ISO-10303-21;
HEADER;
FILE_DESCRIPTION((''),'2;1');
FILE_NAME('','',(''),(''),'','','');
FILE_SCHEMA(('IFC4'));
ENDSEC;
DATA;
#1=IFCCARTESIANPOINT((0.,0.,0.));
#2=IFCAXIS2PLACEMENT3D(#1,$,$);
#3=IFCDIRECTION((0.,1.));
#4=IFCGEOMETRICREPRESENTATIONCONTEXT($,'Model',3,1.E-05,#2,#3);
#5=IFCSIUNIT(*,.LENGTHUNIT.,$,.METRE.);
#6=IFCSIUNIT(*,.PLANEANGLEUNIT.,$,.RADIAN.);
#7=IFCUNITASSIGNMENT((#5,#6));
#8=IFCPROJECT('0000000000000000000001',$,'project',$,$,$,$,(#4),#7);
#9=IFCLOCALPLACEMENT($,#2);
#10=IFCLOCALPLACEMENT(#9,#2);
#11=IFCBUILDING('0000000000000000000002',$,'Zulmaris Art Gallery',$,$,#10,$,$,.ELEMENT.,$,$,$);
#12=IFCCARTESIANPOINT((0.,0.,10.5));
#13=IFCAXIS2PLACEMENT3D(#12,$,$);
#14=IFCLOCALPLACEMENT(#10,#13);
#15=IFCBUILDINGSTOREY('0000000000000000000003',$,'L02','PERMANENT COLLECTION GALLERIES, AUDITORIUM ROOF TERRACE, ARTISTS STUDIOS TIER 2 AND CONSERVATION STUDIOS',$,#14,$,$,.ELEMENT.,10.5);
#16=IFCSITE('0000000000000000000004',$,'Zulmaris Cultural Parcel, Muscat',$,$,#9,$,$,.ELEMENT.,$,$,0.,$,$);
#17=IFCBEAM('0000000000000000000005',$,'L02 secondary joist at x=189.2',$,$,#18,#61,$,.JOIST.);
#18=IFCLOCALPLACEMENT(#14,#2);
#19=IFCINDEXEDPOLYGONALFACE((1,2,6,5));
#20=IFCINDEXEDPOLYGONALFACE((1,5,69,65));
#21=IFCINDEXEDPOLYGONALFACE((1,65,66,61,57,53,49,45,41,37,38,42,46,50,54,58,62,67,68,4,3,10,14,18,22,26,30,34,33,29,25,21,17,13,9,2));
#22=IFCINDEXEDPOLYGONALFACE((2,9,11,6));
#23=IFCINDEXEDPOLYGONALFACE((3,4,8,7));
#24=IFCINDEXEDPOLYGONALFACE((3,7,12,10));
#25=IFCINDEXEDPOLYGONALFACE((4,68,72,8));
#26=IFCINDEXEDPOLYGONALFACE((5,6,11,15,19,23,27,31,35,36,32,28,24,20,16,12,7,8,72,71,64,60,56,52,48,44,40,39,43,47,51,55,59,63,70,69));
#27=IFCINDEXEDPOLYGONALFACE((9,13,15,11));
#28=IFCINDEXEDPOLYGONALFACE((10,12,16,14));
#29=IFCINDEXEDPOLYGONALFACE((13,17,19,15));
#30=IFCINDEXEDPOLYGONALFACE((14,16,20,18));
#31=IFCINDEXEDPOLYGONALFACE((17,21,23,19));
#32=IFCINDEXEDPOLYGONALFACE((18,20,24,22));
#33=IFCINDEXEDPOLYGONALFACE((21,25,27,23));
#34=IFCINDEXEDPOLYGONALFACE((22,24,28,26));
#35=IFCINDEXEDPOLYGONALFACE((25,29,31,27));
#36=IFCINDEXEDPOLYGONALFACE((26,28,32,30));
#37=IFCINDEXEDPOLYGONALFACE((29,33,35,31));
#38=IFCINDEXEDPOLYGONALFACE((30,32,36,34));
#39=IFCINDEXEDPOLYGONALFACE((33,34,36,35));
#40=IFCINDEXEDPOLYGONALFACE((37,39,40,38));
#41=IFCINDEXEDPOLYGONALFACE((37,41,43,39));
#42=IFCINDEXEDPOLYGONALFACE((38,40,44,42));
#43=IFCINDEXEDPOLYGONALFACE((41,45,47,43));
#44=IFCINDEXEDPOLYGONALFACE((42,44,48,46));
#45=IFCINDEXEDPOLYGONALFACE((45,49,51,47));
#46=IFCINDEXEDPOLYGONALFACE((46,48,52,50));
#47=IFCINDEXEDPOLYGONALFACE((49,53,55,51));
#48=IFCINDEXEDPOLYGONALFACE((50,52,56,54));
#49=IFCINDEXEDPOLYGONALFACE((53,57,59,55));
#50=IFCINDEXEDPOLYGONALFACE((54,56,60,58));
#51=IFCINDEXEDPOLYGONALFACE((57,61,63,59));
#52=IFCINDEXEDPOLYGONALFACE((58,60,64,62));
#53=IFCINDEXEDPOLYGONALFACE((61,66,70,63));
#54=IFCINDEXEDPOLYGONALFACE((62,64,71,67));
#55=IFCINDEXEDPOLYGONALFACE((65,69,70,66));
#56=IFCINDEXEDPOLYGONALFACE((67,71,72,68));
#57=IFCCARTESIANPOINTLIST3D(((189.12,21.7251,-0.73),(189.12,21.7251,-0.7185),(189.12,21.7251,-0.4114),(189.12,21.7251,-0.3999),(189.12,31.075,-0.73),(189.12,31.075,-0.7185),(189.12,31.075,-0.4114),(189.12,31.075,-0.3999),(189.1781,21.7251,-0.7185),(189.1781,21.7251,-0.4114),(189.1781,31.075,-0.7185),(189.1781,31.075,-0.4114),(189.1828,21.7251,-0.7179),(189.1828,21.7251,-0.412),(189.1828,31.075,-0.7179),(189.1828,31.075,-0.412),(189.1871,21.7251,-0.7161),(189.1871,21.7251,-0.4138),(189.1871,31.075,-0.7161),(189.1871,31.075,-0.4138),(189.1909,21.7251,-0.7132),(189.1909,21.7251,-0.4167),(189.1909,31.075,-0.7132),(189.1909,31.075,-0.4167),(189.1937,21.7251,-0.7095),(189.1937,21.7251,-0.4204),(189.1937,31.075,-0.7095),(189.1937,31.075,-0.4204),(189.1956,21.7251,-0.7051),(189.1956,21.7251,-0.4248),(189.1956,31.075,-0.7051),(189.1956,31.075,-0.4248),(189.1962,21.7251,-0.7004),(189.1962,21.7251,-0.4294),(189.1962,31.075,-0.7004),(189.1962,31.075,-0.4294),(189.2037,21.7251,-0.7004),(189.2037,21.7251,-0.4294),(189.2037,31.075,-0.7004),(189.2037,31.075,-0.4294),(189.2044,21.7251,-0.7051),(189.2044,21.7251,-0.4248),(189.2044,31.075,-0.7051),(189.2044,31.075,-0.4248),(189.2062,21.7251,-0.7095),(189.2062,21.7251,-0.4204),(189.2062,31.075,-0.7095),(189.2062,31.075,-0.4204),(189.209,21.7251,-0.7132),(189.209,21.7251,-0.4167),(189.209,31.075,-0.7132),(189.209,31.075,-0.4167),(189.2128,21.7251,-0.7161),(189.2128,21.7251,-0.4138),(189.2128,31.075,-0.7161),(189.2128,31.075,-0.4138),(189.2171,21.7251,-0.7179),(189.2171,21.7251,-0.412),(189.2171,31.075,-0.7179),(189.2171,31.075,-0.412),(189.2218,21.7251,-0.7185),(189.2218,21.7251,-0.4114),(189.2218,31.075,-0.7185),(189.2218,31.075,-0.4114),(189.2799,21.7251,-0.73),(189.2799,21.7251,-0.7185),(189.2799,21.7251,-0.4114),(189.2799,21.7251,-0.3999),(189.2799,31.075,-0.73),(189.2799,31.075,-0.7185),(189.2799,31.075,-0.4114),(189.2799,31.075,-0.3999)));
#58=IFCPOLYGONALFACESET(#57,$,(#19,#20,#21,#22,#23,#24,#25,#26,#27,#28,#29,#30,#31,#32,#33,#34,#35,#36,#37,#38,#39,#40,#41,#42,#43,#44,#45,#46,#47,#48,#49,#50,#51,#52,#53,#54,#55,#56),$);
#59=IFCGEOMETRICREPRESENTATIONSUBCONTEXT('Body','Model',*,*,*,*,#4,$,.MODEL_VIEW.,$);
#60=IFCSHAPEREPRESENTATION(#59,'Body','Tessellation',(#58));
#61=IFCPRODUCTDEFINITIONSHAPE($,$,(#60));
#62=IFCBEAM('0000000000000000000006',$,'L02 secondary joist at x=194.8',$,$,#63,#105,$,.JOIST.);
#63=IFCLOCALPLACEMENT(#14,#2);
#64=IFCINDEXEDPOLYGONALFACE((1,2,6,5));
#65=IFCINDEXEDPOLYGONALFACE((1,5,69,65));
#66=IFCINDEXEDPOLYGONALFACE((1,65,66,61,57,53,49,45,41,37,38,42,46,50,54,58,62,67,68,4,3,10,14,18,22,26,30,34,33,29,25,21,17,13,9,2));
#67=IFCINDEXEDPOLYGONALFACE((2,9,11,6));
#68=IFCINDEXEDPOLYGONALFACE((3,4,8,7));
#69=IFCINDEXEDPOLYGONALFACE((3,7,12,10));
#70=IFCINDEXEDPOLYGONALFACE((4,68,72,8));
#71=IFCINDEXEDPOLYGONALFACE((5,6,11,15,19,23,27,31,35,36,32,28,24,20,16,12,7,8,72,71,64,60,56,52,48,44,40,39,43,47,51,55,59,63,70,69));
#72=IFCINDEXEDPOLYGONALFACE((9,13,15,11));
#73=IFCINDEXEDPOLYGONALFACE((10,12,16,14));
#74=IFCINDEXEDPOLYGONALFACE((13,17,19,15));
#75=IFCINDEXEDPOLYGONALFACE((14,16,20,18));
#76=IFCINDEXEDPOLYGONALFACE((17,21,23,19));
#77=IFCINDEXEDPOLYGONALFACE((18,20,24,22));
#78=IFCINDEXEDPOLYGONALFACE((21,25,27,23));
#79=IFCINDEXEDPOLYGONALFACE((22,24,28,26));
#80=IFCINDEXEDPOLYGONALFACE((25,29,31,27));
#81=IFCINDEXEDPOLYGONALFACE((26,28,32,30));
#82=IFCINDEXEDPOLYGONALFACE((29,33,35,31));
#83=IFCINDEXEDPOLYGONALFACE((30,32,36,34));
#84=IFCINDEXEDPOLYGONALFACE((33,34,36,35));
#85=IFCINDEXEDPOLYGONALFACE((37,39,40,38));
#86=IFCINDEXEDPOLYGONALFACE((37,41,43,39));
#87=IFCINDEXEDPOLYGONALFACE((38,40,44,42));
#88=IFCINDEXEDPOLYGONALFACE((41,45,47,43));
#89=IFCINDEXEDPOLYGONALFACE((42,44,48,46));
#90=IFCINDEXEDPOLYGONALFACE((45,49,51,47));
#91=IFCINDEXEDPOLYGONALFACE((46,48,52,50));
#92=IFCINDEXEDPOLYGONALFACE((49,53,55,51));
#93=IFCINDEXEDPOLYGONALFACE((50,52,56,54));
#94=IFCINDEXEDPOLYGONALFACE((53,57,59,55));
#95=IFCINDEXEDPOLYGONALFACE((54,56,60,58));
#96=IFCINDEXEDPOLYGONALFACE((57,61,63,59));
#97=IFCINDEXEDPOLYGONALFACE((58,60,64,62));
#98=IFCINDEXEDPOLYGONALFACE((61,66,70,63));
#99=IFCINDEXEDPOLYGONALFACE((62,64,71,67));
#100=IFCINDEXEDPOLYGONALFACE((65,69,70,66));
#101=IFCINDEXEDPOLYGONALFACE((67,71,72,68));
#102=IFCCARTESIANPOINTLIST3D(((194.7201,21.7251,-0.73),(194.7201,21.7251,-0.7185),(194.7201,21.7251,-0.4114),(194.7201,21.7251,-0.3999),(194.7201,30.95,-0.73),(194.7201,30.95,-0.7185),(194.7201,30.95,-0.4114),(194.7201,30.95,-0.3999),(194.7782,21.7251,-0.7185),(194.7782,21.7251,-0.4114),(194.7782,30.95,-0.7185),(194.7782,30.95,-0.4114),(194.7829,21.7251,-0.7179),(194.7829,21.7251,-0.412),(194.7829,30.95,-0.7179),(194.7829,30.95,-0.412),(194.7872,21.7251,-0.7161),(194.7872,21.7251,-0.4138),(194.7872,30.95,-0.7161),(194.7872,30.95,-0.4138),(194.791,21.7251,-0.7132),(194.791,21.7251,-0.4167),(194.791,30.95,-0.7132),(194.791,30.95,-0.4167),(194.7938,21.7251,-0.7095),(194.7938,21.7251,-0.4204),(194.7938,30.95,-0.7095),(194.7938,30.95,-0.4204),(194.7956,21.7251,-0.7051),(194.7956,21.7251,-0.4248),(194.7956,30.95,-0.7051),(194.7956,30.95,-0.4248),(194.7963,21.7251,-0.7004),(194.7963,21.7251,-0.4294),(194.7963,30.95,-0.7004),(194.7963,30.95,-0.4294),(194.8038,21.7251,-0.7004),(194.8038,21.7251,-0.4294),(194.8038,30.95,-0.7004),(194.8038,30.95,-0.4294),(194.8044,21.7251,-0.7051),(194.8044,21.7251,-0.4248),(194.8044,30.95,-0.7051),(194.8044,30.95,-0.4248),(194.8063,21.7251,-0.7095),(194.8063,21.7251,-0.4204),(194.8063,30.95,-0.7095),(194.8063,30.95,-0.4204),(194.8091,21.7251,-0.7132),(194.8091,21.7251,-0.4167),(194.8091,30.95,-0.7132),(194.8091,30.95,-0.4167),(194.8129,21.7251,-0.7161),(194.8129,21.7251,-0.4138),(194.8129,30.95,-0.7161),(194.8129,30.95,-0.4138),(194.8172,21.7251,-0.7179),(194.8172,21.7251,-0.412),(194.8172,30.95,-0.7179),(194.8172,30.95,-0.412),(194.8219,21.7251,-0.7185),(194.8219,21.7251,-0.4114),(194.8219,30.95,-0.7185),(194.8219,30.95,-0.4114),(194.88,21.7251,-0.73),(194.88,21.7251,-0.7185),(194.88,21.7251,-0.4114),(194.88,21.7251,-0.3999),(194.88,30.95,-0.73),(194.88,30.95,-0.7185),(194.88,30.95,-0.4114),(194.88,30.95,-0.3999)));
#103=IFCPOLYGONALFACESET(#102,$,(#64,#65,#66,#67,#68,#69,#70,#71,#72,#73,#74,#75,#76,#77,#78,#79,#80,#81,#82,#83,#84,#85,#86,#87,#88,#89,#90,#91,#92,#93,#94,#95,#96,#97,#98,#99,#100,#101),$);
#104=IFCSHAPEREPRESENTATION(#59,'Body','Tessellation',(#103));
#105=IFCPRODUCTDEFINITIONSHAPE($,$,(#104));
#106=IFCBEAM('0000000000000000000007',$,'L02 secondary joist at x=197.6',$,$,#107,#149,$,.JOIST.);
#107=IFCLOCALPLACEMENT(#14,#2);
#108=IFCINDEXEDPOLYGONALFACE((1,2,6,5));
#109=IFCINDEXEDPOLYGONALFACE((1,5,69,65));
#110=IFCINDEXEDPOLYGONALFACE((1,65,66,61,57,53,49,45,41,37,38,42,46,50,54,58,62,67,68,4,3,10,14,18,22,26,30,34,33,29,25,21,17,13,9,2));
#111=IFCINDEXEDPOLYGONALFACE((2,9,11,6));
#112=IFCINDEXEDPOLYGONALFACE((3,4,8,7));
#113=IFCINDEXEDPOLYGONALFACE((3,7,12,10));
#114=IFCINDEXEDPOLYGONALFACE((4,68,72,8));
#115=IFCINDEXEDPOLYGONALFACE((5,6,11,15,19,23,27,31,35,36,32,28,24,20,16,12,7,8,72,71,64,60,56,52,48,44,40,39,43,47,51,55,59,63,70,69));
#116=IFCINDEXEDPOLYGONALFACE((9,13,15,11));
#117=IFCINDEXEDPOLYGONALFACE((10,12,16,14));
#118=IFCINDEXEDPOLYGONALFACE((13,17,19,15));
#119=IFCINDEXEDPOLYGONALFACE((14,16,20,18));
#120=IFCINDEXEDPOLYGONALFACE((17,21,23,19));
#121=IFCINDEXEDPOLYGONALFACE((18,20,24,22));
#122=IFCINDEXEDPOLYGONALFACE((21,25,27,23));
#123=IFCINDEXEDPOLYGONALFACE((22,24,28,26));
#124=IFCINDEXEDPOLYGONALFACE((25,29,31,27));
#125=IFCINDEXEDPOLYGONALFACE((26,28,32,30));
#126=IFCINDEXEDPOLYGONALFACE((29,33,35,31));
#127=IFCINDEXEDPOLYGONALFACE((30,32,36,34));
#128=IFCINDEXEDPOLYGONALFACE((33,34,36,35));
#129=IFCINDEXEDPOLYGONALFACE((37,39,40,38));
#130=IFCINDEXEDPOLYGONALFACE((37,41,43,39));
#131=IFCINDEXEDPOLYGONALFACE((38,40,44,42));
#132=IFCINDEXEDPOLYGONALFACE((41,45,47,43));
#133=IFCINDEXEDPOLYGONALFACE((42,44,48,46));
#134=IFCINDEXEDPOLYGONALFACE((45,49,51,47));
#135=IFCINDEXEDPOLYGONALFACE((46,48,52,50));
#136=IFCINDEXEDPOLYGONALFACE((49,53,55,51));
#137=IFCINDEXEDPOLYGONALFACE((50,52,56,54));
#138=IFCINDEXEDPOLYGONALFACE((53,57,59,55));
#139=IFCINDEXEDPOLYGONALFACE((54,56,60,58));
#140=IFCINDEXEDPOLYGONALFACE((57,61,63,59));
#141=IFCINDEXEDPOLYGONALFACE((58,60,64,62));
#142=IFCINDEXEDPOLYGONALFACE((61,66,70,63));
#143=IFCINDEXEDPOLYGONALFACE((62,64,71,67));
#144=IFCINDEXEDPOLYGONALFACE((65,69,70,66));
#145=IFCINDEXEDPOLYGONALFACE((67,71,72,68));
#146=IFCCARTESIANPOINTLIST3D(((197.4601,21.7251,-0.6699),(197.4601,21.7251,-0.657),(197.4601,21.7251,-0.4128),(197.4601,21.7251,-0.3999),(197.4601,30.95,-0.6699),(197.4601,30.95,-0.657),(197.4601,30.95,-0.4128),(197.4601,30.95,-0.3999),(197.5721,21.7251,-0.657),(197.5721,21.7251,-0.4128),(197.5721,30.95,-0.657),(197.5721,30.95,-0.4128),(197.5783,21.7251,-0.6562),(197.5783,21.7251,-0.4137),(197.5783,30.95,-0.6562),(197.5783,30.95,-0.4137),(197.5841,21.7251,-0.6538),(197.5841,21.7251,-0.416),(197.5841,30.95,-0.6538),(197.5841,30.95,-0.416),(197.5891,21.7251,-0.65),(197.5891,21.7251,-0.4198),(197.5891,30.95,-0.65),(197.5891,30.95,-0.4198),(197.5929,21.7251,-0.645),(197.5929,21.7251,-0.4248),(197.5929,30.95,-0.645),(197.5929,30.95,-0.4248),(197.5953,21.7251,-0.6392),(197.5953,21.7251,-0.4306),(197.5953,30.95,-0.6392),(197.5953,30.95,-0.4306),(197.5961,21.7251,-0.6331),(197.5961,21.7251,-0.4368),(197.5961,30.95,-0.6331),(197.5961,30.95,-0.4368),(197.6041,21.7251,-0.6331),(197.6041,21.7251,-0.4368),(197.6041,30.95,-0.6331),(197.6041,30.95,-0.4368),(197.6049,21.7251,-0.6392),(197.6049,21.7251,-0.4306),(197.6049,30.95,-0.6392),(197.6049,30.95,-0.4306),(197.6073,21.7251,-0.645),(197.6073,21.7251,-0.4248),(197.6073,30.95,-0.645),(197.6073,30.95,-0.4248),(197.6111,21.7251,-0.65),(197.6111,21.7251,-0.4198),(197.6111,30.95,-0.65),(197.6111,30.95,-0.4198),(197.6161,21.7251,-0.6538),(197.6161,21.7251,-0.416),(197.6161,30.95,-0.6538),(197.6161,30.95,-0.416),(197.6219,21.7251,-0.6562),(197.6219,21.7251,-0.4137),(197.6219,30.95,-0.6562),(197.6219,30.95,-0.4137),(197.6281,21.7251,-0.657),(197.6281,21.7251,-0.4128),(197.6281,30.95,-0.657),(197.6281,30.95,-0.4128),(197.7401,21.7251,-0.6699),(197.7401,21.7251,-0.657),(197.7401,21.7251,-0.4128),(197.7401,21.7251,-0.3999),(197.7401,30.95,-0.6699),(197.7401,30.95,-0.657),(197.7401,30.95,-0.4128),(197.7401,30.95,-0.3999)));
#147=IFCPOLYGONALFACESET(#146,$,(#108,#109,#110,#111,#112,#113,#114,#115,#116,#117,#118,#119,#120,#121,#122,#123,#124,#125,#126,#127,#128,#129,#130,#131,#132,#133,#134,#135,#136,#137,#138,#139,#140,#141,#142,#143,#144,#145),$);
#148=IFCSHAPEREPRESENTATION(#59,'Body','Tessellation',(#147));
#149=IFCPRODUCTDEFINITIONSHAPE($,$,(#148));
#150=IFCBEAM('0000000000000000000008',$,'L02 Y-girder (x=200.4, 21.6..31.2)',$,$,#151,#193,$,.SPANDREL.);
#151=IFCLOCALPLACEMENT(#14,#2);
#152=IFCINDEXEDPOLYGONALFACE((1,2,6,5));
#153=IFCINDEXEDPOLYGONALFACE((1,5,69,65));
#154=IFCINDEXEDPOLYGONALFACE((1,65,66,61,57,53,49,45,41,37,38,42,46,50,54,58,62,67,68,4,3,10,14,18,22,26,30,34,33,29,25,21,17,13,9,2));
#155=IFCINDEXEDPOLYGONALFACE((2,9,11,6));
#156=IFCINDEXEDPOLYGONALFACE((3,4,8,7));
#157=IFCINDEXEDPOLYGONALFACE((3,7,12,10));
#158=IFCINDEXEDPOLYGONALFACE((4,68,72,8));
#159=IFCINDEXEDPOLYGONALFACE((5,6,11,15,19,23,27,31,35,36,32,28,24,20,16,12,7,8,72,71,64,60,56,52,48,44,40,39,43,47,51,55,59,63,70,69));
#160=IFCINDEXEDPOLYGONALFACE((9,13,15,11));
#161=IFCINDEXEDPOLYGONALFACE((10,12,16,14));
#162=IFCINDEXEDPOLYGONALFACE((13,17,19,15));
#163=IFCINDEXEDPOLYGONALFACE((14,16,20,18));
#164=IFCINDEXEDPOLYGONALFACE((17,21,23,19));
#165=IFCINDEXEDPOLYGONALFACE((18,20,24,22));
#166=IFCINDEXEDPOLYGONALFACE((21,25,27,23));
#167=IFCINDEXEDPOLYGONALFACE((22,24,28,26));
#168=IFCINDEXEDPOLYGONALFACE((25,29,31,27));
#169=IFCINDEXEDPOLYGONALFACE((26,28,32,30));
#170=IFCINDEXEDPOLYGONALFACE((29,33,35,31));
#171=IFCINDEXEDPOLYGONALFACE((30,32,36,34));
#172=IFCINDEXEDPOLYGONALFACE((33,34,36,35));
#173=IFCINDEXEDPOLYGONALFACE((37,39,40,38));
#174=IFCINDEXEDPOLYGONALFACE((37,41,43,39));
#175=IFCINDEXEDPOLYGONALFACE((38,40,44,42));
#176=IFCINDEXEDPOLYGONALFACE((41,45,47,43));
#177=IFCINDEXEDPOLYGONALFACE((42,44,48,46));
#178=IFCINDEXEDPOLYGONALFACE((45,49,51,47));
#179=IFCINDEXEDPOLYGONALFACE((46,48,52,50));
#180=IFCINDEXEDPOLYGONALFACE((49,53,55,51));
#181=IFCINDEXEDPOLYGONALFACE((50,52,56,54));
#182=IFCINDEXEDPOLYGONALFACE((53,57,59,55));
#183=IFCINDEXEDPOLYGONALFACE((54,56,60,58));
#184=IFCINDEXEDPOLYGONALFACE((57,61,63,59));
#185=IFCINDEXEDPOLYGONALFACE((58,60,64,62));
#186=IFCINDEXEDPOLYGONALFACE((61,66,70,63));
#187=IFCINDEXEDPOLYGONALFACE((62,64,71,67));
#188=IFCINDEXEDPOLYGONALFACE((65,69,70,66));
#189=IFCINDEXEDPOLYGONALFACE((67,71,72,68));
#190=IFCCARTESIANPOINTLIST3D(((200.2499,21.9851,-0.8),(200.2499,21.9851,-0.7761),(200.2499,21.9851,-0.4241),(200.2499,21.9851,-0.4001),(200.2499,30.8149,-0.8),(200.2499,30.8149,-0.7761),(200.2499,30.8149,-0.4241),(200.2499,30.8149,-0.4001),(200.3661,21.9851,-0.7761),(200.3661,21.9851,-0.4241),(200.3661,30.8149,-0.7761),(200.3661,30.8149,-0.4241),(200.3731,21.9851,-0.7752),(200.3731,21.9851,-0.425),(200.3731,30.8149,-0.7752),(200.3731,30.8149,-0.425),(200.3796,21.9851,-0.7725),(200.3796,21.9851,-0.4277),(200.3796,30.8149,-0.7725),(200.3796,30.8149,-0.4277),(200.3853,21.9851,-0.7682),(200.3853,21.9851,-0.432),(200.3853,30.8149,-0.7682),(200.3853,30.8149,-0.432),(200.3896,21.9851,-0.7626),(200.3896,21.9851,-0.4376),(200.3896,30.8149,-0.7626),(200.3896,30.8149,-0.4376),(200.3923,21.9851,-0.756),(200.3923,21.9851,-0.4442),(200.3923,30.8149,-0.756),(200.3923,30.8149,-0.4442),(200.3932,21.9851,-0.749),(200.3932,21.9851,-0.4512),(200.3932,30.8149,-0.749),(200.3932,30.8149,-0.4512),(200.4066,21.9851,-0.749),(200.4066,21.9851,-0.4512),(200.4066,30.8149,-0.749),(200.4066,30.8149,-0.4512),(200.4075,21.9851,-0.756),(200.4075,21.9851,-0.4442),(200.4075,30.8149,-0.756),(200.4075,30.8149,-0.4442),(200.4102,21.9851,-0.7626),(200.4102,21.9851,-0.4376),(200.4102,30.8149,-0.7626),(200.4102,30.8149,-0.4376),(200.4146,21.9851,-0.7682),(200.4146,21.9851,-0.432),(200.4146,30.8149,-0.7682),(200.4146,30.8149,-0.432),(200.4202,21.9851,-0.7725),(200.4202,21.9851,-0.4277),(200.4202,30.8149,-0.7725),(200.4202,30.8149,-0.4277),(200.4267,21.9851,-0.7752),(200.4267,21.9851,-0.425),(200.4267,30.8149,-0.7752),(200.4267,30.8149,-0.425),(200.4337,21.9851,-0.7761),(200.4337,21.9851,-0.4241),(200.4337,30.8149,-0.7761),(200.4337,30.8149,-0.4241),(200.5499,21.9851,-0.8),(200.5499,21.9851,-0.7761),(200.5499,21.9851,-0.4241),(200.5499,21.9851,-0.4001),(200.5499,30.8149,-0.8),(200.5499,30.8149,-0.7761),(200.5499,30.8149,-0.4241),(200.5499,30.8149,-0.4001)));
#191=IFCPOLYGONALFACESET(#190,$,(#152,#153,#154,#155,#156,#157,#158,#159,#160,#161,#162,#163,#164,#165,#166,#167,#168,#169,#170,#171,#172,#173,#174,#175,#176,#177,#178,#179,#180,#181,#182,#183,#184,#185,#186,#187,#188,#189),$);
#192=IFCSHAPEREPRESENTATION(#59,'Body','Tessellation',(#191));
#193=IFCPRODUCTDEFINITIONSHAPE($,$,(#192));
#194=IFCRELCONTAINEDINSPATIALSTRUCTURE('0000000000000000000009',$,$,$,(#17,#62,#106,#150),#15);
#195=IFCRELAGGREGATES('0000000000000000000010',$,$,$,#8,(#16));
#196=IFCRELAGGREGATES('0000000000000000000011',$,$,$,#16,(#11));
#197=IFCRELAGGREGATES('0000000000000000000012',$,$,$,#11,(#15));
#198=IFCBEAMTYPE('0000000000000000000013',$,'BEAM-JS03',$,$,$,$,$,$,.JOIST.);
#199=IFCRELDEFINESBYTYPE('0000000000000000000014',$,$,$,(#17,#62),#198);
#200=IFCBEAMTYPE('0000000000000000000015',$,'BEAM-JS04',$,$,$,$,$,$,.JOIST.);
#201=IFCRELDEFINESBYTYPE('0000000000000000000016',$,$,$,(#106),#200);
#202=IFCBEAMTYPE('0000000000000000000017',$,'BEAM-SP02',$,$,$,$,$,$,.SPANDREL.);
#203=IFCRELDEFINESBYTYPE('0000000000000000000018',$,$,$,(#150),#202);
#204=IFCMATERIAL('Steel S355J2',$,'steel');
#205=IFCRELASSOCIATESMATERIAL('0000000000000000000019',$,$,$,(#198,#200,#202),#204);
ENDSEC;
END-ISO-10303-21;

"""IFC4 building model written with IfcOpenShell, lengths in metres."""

from ifc_helpers import new_model, si_unit, direction, frame, origin, origin_2d, place, context, subcontext, project, spatial, i_section, extrude, material, material_profile, profile_set, type_object, element, save


model = new_model("IFC4")

# Units and contexts
model_context = context("Model", 3, precision=1e-05, world=origin(), true_north=direction((0.0, 1.0)))
body_context = subcontext(model_context, "Body", "Model", "MODEL_VIEW")
ifc_project = project(units=[si_unit("LENGTHUNIT", "METRE"), si_unit("PLANEANGLEUNIT", "RADIAN")], contexts=[model_context])

# Site, building, storey
site_placement = place(None, origin())
site = spatial("IfcSite", under=ifc_project, at=site_placement, Name="Zulmaris Cultural Parcel, Muscat", CompositionType="ELEMENT", RefElevation=0.0)
building_placement = place(site_placement, origin())
building = spatial("IfcBuilding", under=site, at=building_placement, Name="Zulmaris Art Gallery", CompositionType="ELEMENT")
storey_placement = place(building_placement, frame((0.0, 0.0, 10.5)))
storey = spatial("IfcBuildingStorey", under=building, at=storey_placement, Name="L02", Description="PERMANENT COLLECTION GALLERIES, AUDITORIUM ROOF TERRACE, ARTISTS STUDIOS TIER 2 AND CONSERVATION STUDIOS", CompositionType="ELEMENT", Elevation=10.5)

# Beams
ifc_material_1 = material(Name="Steel S355J2", Category="steel")
ifc_material_profile_1 = material_profile(ifc_material_1, i_section(OverallWidth=0.1599, OverallDepth=0.3301, WebThickness=0.0076, FlangeThickness=0.0115, FilletRadius=0.0181, at=origin_2d()), Name="IPE 330")
ifc_profile_set_1 = profile_set([ifc_material_profile_1], Name="Steel S355J2")
beam_type_1 = type_object("IfcBeamType", Name="BEAM-JS03", PredefinedType="JOIST", material=ifc_profile_set_1)
beam_1_placement = place(storey_placement, frame((189.2, 21.7251, -0.5649), z_axis=(0.0, 1.0, 0.0), x_axis=(-1.0, 0.0, 0.0)))
element("IfcBeam", 1, at=beam_1_placement, inside=storey, type_object=beam_type_1, Name="L02 secondary joist at x=189.2", PredefinedType="JOIST", context=body_context, shape_type="SweptSolid", body=[
    extrude(i_section(OverallWidth=0.1599, OverallDepth=0.3301, WebThickness=0.0076, FlangeThickness=0.0115, FilletRadius=0.0181, at=origin_2d()), origin(), (0.0, 0.0, 1.0), 9.3499),
])
beam_2_placement = place(storey_placement, frame((194.8, 21.7251, -0.5649), z_axis=(0.0, 1.0, 0.0), x_axis=(-1.0, 0.0, 0.0)))
element("IfcBeam", 2, at=beam_2_placement, inside=storey, type_object=beam_type_1, Name="L02 secondary joist at x=194.8", PredefinedType="JOIST", context=body_context, shape_type="SweptSolid", body=[
    extrude(i_section(OverallWidth=0.1599, OverallDepth=0.3301, WebThickness=0.0076, FlangeThickness=0.0115, FilletRadius=0.0181, at=origin_2d()), origin(), (0.0, 0.0, 1.0), 9.2249),
])
ifc_material_profile_2 = material_profile(ifc_material_1, i_section(OverallWidth=0.28, OverallDepth=0.27, WebThickness=0.0081, FlangeThickness=0.0129, FilletRadius=0.0239, at=origin_2d()), Name="HEA 280")
ifc_profile_set_2 = profile_set([ifc_material_profile_2], Name="Steel S355J2")
beam_type_2 = type_object("IfcBeamType", Name="BEAM-JS04", PredefinedType="JOIST", material=ifc_profile_set_2)
beam_3_placement = place(storey_placement, frame((197.6001, 21.7251, -0.5349), z_axis=(0.0, 1.0, 0.0), x_axis=(-1.0, 0.0, 0.0)))
element("IfcBeam", 3, at=beam_3_placement, inside=storey, type_object=beam_type_2, Name="L02 secondary joist at x=197.6", PredefinedType="JOIST", context=body_context, shape_type="SweptSolid", body=[
    extrude(i_section(OverallWidth=0.28, OverallDepth=0.27, WebThickness=0.0081, FlangeThickness=0.0129, FilletRadius=0.0239, at=origin_2d()), origin(), (0.0, 0.0, 1.0), 9.2249),
])
ifc_material_profile_3 = material_profile(ifc_material_1, i_section(OverallWidth=0.3, OverallDepth=0.3999, WebThickness=0.0134, FlangeThickness=0.0239, FilletRadius=0.0271, at=origin_2d()), Name="HEB 400")
ifc_profile_set_3 = profile_set([ifc_material_profile_3], Name="Steel S355J2")
beam_type_3 = type_object("IfcBeamType", Name="BEAM-SP02", PredefinedType="SPANDREL", material=ifc_profile_set_3)
beam_4_placement = place(storey_placement, frame((200.3999, 21.9851, -0.6001), z_axis=(0.0, 1.0, 0.0), x_axis=(-1.0, 0.0, 0.0)))
element("IfcBeam", 4, at=beam_4_placement, inside=storey, type_object=beam_type_3, Name="L02 Y-girder (x=200.4, 21.6..31.2)", PredefinedType="SPANDREL", context=body_context, shape_type="SweptSolid", body=[
    extrude(i_section(OverallWidth=0.3, OverallDepth=0.3999, WebThickness=0.0134, FlangeThickness=0.0239, FilletRadius=0.0271, at=origin_2d()), origin(), (0.0, 0.0, 1.0), 8.8298),
])

save(model, "model.ifc")
